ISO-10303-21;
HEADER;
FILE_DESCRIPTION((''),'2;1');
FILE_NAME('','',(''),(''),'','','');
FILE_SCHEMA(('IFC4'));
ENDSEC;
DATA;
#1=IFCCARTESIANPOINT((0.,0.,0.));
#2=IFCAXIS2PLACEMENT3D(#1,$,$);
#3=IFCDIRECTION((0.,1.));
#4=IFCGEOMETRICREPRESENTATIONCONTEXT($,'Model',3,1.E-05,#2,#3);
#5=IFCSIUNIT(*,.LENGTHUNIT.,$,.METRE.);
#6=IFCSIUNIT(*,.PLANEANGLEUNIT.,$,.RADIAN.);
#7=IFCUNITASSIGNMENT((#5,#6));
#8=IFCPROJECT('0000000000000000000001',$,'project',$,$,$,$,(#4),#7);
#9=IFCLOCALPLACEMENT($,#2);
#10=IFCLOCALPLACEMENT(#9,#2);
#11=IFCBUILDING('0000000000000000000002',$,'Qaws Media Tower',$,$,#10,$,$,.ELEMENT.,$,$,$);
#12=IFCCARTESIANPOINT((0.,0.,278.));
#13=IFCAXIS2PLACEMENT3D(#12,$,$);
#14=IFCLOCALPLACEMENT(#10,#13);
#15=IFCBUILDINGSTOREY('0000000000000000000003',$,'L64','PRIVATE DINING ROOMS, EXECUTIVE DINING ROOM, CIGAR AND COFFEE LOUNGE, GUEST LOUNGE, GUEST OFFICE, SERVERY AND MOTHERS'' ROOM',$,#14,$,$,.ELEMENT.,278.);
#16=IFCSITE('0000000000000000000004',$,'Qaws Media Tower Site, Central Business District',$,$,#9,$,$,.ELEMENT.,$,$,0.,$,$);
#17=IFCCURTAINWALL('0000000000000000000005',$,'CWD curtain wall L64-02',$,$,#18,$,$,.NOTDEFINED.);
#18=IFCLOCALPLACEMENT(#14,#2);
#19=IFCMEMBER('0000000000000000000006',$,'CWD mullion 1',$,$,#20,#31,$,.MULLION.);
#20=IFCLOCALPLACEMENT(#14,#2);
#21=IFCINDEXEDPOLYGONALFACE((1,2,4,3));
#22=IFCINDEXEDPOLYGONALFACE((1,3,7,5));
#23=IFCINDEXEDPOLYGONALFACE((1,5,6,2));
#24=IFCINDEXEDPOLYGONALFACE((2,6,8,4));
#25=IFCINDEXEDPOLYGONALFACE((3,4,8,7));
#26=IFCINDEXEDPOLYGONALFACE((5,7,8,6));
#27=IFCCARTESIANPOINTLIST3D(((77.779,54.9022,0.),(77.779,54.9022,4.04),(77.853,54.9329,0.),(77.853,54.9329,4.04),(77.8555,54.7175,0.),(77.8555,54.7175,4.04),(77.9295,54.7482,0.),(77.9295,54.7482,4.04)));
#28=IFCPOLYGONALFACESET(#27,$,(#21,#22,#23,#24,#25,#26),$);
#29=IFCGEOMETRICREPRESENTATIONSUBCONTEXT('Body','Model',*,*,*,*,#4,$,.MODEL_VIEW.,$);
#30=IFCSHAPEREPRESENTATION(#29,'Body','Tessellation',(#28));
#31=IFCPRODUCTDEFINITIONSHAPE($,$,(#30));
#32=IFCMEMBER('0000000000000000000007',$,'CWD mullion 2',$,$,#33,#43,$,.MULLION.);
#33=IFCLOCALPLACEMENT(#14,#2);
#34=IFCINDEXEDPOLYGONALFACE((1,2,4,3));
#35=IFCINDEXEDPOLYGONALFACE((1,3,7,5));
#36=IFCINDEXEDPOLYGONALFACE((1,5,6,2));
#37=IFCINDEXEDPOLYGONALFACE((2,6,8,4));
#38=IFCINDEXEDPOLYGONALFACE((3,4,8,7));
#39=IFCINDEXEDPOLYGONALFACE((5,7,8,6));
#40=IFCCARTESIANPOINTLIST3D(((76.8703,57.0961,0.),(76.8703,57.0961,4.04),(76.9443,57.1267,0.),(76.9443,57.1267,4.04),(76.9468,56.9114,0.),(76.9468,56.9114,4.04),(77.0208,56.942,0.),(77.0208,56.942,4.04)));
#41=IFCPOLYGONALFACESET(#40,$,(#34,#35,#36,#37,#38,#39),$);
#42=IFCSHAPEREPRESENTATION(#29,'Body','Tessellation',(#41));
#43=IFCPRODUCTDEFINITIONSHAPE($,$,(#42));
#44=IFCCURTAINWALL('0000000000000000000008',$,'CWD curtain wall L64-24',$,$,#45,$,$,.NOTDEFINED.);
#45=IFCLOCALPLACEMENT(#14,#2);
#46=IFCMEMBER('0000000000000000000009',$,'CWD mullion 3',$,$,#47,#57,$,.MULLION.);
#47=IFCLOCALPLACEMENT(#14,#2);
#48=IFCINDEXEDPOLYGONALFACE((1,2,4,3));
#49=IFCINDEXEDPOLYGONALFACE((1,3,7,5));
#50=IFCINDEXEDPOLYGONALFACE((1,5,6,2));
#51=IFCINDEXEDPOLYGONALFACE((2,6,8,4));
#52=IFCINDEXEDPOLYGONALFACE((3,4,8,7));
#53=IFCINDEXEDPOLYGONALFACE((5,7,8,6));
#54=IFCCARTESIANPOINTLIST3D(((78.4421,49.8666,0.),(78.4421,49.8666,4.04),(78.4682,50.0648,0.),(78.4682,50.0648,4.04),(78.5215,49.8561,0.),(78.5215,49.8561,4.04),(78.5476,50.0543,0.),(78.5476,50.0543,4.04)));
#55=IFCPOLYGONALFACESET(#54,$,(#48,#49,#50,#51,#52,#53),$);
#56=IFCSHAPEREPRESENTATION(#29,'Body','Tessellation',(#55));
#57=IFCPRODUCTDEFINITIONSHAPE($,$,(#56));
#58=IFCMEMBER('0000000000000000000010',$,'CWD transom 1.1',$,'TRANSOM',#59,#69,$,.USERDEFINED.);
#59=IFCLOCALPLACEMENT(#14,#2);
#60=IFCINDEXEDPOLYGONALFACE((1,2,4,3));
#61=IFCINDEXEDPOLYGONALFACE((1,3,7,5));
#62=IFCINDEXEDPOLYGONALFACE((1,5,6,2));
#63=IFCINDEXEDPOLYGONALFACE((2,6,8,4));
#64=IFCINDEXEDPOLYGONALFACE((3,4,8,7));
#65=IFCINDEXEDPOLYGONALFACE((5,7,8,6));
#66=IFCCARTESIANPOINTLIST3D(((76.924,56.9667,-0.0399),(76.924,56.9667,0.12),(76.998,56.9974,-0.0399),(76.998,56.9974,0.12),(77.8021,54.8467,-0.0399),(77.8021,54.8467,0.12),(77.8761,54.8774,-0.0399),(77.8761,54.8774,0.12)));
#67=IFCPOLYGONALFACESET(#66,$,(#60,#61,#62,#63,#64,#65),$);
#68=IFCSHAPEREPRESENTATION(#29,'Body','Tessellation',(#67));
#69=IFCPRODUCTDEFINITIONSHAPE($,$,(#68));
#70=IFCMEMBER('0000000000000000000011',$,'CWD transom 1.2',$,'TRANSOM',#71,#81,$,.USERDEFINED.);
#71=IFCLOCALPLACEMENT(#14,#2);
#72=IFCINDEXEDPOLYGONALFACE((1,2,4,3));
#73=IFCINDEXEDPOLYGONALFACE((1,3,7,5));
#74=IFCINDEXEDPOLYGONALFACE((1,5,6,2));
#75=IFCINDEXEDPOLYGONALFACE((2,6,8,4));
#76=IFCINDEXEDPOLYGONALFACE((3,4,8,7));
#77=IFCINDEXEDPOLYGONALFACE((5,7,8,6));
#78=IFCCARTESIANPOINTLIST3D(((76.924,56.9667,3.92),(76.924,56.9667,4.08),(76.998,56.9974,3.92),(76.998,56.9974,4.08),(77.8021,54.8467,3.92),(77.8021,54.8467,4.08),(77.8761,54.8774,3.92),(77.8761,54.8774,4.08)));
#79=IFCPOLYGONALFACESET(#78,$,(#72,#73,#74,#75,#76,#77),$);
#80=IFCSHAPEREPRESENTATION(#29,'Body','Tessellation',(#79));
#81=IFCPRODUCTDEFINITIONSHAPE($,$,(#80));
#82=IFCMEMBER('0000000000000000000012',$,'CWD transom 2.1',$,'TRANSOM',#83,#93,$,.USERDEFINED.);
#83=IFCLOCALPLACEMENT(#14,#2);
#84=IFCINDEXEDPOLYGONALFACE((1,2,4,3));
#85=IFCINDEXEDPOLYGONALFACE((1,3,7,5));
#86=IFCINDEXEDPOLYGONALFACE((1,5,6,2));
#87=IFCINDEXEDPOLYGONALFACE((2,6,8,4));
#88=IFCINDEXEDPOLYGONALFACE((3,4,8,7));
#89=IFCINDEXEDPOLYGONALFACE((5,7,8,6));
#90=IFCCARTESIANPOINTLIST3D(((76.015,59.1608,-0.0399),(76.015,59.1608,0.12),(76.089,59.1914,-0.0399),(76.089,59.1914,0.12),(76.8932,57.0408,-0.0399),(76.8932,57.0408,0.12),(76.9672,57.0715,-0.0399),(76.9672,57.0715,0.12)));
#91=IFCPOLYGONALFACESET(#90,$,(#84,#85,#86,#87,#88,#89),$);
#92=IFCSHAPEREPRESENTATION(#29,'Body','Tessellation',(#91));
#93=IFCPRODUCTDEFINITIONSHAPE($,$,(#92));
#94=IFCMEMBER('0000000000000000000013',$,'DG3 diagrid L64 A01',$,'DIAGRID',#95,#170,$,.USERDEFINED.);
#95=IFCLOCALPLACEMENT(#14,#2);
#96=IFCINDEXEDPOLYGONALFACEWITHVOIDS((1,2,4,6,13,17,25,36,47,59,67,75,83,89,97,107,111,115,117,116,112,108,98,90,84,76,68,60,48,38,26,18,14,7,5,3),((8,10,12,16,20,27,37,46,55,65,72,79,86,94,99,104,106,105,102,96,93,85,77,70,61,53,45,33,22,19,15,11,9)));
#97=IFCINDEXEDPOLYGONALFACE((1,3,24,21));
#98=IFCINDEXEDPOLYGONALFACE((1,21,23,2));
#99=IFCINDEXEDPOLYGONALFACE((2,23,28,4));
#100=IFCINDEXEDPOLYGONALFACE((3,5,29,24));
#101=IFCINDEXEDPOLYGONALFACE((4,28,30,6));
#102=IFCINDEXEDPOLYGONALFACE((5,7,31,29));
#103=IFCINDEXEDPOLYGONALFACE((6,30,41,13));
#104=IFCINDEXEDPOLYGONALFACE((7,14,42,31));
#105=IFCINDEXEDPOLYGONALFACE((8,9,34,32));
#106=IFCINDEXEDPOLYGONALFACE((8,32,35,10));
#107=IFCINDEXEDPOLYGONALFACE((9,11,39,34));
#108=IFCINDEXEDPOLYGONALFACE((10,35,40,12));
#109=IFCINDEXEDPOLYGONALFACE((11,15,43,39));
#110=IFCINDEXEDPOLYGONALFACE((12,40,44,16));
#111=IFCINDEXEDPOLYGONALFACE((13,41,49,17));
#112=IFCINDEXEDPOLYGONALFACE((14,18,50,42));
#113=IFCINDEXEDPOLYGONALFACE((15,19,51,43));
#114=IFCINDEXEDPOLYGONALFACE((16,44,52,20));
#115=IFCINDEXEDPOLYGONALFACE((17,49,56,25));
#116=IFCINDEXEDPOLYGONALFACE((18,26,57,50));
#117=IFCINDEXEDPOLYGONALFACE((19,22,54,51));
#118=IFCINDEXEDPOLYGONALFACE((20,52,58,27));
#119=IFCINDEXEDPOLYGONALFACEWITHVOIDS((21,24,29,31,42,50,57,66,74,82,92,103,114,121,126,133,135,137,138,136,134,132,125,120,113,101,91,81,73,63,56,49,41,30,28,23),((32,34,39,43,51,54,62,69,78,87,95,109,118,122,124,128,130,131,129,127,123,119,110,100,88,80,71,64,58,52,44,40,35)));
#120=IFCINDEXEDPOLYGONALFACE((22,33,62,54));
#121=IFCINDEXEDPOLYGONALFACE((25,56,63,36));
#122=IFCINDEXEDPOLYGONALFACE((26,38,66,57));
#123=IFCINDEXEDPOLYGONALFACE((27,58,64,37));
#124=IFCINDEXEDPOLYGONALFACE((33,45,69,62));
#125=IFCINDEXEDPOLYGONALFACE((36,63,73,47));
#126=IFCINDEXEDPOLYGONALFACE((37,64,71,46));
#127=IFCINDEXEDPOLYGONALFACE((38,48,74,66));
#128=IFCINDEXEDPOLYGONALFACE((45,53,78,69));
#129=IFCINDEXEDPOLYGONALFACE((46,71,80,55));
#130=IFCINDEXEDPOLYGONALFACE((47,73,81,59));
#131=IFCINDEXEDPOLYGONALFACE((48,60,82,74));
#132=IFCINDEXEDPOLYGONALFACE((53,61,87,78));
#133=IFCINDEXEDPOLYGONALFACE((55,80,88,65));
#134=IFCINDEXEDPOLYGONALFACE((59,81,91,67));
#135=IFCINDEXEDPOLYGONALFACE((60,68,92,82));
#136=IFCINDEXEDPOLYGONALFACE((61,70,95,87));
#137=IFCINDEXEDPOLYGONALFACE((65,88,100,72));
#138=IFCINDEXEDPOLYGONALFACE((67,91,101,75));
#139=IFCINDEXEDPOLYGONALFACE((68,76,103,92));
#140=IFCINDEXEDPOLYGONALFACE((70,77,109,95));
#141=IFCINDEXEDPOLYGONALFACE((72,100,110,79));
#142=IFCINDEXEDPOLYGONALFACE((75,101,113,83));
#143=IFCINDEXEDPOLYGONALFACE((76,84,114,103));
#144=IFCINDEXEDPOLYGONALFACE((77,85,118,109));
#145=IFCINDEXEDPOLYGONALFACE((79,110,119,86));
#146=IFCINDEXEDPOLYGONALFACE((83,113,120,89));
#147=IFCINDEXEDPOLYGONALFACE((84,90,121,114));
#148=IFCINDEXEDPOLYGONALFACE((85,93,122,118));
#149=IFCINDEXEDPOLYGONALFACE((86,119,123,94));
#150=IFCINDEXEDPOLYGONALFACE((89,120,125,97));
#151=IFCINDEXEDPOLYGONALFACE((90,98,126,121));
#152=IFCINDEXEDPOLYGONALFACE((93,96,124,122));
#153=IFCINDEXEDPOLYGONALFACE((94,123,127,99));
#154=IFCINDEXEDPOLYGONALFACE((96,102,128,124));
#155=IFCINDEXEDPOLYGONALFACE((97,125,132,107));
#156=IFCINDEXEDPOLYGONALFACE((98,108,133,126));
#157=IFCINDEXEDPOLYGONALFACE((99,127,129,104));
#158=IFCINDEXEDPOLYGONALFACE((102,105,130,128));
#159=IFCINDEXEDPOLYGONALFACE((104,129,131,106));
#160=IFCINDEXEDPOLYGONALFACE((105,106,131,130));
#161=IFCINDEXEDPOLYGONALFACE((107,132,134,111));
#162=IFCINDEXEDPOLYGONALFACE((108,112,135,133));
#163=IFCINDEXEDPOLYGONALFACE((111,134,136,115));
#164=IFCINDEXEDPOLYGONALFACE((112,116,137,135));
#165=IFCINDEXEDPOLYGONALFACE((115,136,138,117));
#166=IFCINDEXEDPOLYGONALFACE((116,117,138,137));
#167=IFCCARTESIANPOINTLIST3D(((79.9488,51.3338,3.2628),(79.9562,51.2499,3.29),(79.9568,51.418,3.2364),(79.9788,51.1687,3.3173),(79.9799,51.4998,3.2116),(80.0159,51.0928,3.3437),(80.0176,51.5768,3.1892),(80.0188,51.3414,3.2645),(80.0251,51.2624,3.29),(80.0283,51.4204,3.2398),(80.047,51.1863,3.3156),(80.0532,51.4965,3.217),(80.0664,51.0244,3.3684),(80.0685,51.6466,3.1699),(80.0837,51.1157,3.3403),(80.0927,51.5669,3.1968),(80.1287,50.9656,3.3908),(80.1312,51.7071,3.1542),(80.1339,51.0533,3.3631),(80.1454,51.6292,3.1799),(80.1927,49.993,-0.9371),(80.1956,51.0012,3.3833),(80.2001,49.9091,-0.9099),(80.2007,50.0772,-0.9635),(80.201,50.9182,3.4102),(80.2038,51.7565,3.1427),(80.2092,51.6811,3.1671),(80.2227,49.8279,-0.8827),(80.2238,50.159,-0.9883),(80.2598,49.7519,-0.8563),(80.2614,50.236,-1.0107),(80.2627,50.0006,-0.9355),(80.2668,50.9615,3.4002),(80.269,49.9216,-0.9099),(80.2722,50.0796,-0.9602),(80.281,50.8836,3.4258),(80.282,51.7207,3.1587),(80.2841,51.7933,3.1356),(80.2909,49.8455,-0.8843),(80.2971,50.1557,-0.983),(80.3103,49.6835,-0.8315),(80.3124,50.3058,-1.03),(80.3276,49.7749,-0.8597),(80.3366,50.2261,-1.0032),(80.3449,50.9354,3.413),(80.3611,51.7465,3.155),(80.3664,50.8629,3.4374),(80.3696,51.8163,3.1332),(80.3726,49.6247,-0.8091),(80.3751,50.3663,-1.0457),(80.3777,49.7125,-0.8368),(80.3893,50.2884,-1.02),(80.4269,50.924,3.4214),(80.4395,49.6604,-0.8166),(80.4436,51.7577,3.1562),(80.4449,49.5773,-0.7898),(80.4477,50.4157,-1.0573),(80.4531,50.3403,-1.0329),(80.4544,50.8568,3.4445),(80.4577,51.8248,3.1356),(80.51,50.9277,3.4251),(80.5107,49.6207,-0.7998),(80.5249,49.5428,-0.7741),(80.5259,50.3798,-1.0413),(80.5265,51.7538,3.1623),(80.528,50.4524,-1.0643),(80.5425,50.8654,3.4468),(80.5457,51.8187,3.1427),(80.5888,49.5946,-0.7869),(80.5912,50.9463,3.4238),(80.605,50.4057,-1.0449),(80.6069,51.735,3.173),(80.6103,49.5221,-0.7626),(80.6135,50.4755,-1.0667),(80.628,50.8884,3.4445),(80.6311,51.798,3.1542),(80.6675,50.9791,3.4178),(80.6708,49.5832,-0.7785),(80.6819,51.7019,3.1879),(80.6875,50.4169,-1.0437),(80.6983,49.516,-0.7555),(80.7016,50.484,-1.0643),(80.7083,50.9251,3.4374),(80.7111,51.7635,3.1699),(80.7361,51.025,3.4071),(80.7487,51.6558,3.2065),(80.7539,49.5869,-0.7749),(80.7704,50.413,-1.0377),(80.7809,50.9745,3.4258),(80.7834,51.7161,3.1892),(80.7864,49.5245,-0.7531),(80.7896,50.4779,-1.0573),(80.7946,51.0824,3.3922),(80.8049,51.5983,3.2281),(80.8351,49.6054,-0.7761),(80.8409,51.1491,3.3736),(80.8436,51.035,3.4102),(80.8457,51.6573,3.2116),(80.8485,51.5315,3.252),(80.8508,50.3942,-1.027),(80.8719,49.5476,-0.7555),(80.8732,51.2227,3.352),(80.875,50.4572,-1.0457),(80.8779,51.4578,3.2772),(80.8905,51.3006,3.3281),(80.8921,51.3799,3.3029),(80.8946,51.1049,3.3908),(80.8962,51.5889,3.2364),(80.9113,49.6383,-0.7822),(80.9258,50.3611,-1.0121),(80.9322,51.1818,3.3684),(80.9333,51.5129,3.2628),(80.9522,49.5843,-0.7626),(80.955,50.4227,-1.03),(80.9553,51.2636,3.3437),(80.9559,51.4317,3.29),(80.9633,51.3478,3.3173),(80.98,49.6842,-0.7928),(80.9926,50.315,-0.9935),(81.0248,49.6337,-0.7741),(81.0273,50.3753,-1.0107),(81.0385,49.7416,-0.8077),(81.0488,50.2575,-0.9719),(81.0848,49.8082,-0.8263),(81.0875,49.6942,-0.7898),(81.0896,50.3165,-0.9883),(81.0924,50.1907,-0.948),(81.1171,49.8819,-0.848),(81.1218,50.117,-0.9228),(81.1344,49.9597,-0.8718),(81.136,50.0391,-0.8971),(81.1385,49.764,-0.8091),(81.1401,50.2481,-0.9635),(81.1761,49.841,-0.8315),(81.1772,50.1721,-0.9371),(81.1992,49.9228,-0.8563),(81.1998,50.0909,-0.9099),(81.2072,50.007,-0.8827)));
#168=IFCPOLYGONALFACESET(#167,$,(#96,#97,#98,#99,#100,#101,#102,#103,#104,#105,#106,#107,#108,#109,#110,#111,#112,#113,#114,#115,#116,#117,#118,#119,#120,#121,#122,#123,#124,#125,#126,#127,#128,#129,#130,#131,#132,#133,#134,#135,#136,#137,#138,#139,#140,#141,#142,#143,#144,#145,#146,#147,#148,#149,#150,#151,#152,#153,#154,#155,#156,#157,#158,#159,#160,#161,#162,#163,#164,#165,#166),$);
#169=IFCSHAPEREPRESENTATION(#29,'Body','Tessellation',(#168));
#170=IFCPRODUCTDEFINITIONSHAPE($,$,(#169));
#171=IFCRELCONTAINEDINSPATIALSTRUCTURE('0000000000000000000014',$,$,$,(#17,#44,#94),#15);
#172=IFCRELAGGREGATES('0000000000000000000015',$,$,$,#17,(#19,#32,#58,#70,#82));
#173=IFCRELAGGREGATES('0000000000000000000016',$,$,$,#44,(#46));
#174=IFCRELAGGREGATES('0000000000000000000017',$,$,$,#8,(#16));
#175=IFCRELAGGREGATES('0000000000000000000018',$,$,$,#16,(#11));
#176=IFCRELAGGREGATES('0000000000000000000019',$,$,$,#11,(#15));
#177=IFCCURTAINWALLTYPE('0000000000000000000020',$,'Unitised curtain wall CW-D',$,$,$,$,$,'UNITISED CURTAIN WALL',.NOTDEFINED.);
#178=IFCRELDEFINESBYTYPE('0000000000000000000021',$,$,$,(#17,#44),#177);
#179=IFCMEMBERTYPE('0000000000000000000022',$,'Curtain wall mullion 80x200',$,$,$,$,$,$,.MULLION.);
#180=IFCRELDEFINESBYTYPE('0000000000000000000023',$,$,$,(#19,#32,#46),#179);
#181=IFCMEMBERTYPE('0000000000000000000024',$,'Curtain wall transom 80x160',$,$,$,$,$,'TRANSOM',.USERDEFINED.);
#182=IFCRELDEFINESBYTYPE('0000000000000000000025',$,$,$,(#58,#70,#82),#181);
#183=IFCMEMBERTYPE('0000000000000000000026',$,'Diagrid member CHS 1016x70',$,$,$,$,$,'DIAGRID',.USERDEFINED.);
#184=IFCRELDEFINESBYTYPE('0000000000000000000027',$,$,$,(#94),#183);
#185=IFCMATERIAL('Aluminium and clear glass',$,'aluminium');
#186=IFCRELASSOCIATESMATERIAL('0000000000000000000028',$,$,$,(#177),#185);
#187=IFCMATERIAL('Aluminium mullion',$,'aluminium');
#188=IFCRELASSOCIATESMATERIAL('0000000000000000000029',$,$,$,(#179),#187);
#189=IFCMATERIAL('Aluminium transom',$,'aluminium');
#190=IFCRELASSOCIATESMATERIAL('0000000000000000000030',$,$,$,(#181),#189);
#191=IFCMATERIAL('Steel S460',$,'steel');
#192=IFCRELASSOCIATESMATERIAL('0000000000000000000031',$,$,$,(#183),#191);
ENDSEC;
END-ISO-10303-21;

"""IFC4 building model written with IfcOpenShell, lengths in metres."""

from ifc_helpers import new_model, si_unit, direction, frame, origin, origin_2d, place, context, subcontext, project, spatial, rectangle, hollow_circle, extrude, material, material_profile, profile_set, type_object, element, aggregate, save


model = new_model("IFC4")

# Units and contexts
model_context = context("Model", 3, precision=1e-05, world=origin(), true_north=direction((0.0, 1.0)))
body_context = subcontext(model_context, "Body", "Model", "MODEL_VIEW")
ifc_project = project(units=[si_unit("LENGTHUNIT", "METRE"), si_unit("PLANEANGLEUNIT", "RADIAN")], contexts=[model_context])

# Site, building, storey
site_placement = place(None, origin())
site = spatial("IfcSite", under=ifc_project, at=site_placement, Name="Qaws Media Tower Site, Central Business District", CompositionType="ELEMENT", RefElevation=0.0)
building_placement = place(site_placement, origin())
building = spatial("IfcBuilding", under=site, at=building_placement, Name="Qaws Media Tower", CompositionType="ELEMENT")
storey_placement = place(building_placement, frame((0.0, 0.0, 278.0)))
storey = spatial("IfcBuildingStorey", under=building, at=storey_placement, Name="L64", Description="PRIVATE DINING ROOMS, EXECUTIVE DINING ROOM, CIGAR AND COFFEE LOUNGE, GUEST LOUNGE, GUEST OFFICE, SERVERY AND MOTHERS' ROOM", CompositionType="ELEMENT", Elevation=278.0)

# Curtain wall, members
ifc_material_1 = material(Name="Aluminium and clear glass", Category="aluminium")
curtain_wall_type = type_object("IfcCurtainWallType", Name="Unitised curtain wall CW-D", ElementType="UNITISED CURTAIN WALL", PredefinedType="NOTDEFINED", material=ifc_material_1)
curtain_wall_1_placement = place(storey_placement, origin())
curtain_wall_1 = element("IfcCurtainWall", 1, at=curtain_wall_1_placement, inside=storey, type_object=curtain_wall_type, Name="CWD curtain wall L64-02", PredefinedType="NOTDEFINED")
ifc_material_2 = material(Name="Aluminium mullion", Category="aluminium")
ifc_material_profile_1 = material_profile(ifc_material_2, rectangle(XDim=0.0801, YDim=0.2, at=origin_2d()), Name="80x200")
ifc_profile_set_1 = profile_set([ifc_material_profile_1], Name="Aluminium mullion")
member_type_1 = type_object("IfcMemberType", Name="Curtain wall mullion 80x200", PredefinedType="MULLION", material=ifc_profile_set_1)
member_1_placement = place(storey_placement, frame((77.8542, 54.8252, 0.0), z_axis=(0.0, 0.0, 1.0), x_axis=(-0.92388, -0.382683, 0.0)))
member_1 = element("IfcMember", 2, at=member_1_placement, type_object=member_type_1, Name="CWD mullion 1", PredefinedType="MULLION", context=body_context, shape_type="SweptSolid", body=[
    extrude(rectangle(XDim=0.0801, YDim=0.2, at=origin_2d()), origin(), (0.0, 0.0, 1.0), 4.04),
])
member_2_placement = place(storey_placement, frame((76.9456, 57.019, 0.0), z_axis=(0.0, 0.0, 1.0), x_axis=(-0.92388, -0.382683, 0.0)))
member_2 = element("IfcMember", 3, at=member_2_placement, type_object=member_type_1, Name="CWD mullion 2", PredefinedType="MULLION", context=body_context, shape_type="SweptSolid", body=[
    extrude(rectangle(XDim=0.0801, YDim=0.2, at=origin_2d()), origin(), (0.0, 0.0, 1.0), 4.04),
])

# Curtain wall, member
curtain_wall_2_placement = place(storey_placement, origin())
curtain_wall_2 = element("IfcCurtainWall", 4, at=curtain_wall_2_placement, inside=storey, type_object=curtain_wall_type, Name="CWD curtain wall L64-24", PredefinedType="NOTDEFINED")
member_3_placement = place(storey_placement, frame((78.4949, 49.9604, 0.0), z_axis=(0.0, 0.0, 1.0), x_axis=(-0.991445, 0.130526, 0.0)))
member_3 = element("IfcMember", 5, at=member_3_placement, type_object=member_type_1, Name="CWD mullion 3", PredefinedType="MULLION", context=body_context, shape_type="SweptSolid", body=[
    extrude(rectangle(XDim=0.0801, YDim=0.2, at=origin_2d()), origin(), (0.0, 0.0, 1.0), 4.04),
])

# Members
ifc_material_3 = material(Name="Aluminium transom", Category="aluminium")
ifc_material_profile_2 = material_profile(ifc_material_3, rectangle(XDim=0.0801, YDim=0.1599, at=origin_2d()), Name="80x160")
ifc_profile_set_2 = profile_set([ifc_material_profile_2], Name="Aluminium transom")
member_type_2 = type_object("IfcMemberType", Name="Curtain wall transom 80x160", ElementType="TRANSOM", PredefinedType="USERDEFINED", material=ifc_profile_set_2)
member_4_placement = place(storey_placement, frame((77.8391, 54.8621, 0.04), z_axis=(-0.382681, 0.923881, 0.0), x_axis=(-0.923881, -0.382681, 0.0)))
member_4 = element("IfcMember", 6, at=member_4_placement, type_object=member_type_2, Name="CWD transom 1.1", ObjectType="TRANSOM", PredefinedType="USERDEFINED", context=body_context, shape_type="SweptSolid", body=[
    extrude(rectangle(XDim=0.0801, YDim=0.1599, at=origin_2d()), origin(), (0.0, 0.0, 1.0), 2.2947),
])
member_5_placement = place(storey_placement, frame((77.8391, 54.8621, 4.0), z_axis=(-0.382681, 0.923881, 0.0), x_axis=(-0.923881, -0.382681, 0.0)))
member_5 = element("IfcMember", 7, at=member_5_placement, type_object=member_type_2, Name="CWD transom 1.2", ObjectType="TRANSOM", PredefinedType="USERDEFINED", context=body_context, shape_type="SweptSolid", body=[
    extrude(rectangle(XDim=0.0801, YDim=0.1599, at=origin_2d()), origin(), (0.0, 0.0, 1.0), 2.2947),
])
member_6_placement = place(storey_placement, frame((76.9302, 57.0562, 0.04), z_axis=(-0.382718, 0.923865, 0.0), x_axis=(-0.923865, -0.382718, 0.0)))
member_6 = element("IfcMember", 8, at=member_6_placement, type_object=member_type_2, Name="CWD transom 2.1", ObjectType="TRANSOM", PredefinedType="USERDEFINED", context=body_context, shape_type="SweptSolid", body=[
    extrude(rectangle(XDim=0.0801, YDim=0.1599, at=origin_2d()), origin(), (0.0, 0.0, 1.0), 2.2947),
])

# Member
ifc_material_4 = material(Name="Steel S460", Category="steel")
ifc_material_profile_3 = material_profile(ifc_material_4, hollow_circle(Radius=0.5081, WallThickness=0.0701, at=origin_2d()), Name="CHS 1016x70")
ifc_profile_set_3 = profile_set([ifc_material_profile_3], Name="Steel S460")
member_type_3 = type_object("IfcMemberType", Name="Diagrid member CHS 1016x70", ElementType="DIAGRID", PredefinedType="USERDEFINED", material=ifc_profile_set_3)
for number, where, z_axis, x_axis, name in (
    (9, (80.7, 50.0, -0.9099), (-0.055236, 0.30366, 0.951178), (-0.983856, -0.178964, 0.0), "DG3 diagrid L64 A01"),
):
    element("IfcMember", number, at=place(storey_placement, frame(where, z_axis=z_axis, x_axis=x_axis)), inside=storey, type_object=member_type_3, Name=name, ObjectType="DIAGRID", PredefinedType="USERDEFINED", context=body_context, shape_type="SweptSolid", body=[
        extrude(hollow_circle(Radius=0.5081, WallThickness=0.0701, at=origin_2d()), origin(), (0.0, 0.0, 1.0), 4.4155),
    ])

aggregate(curtain_wall_1, [member_1, member_2, member_4, member_5, member_6])
aggregate(curtain_wall_2, [member_3])

save(model, "model.ifc")
